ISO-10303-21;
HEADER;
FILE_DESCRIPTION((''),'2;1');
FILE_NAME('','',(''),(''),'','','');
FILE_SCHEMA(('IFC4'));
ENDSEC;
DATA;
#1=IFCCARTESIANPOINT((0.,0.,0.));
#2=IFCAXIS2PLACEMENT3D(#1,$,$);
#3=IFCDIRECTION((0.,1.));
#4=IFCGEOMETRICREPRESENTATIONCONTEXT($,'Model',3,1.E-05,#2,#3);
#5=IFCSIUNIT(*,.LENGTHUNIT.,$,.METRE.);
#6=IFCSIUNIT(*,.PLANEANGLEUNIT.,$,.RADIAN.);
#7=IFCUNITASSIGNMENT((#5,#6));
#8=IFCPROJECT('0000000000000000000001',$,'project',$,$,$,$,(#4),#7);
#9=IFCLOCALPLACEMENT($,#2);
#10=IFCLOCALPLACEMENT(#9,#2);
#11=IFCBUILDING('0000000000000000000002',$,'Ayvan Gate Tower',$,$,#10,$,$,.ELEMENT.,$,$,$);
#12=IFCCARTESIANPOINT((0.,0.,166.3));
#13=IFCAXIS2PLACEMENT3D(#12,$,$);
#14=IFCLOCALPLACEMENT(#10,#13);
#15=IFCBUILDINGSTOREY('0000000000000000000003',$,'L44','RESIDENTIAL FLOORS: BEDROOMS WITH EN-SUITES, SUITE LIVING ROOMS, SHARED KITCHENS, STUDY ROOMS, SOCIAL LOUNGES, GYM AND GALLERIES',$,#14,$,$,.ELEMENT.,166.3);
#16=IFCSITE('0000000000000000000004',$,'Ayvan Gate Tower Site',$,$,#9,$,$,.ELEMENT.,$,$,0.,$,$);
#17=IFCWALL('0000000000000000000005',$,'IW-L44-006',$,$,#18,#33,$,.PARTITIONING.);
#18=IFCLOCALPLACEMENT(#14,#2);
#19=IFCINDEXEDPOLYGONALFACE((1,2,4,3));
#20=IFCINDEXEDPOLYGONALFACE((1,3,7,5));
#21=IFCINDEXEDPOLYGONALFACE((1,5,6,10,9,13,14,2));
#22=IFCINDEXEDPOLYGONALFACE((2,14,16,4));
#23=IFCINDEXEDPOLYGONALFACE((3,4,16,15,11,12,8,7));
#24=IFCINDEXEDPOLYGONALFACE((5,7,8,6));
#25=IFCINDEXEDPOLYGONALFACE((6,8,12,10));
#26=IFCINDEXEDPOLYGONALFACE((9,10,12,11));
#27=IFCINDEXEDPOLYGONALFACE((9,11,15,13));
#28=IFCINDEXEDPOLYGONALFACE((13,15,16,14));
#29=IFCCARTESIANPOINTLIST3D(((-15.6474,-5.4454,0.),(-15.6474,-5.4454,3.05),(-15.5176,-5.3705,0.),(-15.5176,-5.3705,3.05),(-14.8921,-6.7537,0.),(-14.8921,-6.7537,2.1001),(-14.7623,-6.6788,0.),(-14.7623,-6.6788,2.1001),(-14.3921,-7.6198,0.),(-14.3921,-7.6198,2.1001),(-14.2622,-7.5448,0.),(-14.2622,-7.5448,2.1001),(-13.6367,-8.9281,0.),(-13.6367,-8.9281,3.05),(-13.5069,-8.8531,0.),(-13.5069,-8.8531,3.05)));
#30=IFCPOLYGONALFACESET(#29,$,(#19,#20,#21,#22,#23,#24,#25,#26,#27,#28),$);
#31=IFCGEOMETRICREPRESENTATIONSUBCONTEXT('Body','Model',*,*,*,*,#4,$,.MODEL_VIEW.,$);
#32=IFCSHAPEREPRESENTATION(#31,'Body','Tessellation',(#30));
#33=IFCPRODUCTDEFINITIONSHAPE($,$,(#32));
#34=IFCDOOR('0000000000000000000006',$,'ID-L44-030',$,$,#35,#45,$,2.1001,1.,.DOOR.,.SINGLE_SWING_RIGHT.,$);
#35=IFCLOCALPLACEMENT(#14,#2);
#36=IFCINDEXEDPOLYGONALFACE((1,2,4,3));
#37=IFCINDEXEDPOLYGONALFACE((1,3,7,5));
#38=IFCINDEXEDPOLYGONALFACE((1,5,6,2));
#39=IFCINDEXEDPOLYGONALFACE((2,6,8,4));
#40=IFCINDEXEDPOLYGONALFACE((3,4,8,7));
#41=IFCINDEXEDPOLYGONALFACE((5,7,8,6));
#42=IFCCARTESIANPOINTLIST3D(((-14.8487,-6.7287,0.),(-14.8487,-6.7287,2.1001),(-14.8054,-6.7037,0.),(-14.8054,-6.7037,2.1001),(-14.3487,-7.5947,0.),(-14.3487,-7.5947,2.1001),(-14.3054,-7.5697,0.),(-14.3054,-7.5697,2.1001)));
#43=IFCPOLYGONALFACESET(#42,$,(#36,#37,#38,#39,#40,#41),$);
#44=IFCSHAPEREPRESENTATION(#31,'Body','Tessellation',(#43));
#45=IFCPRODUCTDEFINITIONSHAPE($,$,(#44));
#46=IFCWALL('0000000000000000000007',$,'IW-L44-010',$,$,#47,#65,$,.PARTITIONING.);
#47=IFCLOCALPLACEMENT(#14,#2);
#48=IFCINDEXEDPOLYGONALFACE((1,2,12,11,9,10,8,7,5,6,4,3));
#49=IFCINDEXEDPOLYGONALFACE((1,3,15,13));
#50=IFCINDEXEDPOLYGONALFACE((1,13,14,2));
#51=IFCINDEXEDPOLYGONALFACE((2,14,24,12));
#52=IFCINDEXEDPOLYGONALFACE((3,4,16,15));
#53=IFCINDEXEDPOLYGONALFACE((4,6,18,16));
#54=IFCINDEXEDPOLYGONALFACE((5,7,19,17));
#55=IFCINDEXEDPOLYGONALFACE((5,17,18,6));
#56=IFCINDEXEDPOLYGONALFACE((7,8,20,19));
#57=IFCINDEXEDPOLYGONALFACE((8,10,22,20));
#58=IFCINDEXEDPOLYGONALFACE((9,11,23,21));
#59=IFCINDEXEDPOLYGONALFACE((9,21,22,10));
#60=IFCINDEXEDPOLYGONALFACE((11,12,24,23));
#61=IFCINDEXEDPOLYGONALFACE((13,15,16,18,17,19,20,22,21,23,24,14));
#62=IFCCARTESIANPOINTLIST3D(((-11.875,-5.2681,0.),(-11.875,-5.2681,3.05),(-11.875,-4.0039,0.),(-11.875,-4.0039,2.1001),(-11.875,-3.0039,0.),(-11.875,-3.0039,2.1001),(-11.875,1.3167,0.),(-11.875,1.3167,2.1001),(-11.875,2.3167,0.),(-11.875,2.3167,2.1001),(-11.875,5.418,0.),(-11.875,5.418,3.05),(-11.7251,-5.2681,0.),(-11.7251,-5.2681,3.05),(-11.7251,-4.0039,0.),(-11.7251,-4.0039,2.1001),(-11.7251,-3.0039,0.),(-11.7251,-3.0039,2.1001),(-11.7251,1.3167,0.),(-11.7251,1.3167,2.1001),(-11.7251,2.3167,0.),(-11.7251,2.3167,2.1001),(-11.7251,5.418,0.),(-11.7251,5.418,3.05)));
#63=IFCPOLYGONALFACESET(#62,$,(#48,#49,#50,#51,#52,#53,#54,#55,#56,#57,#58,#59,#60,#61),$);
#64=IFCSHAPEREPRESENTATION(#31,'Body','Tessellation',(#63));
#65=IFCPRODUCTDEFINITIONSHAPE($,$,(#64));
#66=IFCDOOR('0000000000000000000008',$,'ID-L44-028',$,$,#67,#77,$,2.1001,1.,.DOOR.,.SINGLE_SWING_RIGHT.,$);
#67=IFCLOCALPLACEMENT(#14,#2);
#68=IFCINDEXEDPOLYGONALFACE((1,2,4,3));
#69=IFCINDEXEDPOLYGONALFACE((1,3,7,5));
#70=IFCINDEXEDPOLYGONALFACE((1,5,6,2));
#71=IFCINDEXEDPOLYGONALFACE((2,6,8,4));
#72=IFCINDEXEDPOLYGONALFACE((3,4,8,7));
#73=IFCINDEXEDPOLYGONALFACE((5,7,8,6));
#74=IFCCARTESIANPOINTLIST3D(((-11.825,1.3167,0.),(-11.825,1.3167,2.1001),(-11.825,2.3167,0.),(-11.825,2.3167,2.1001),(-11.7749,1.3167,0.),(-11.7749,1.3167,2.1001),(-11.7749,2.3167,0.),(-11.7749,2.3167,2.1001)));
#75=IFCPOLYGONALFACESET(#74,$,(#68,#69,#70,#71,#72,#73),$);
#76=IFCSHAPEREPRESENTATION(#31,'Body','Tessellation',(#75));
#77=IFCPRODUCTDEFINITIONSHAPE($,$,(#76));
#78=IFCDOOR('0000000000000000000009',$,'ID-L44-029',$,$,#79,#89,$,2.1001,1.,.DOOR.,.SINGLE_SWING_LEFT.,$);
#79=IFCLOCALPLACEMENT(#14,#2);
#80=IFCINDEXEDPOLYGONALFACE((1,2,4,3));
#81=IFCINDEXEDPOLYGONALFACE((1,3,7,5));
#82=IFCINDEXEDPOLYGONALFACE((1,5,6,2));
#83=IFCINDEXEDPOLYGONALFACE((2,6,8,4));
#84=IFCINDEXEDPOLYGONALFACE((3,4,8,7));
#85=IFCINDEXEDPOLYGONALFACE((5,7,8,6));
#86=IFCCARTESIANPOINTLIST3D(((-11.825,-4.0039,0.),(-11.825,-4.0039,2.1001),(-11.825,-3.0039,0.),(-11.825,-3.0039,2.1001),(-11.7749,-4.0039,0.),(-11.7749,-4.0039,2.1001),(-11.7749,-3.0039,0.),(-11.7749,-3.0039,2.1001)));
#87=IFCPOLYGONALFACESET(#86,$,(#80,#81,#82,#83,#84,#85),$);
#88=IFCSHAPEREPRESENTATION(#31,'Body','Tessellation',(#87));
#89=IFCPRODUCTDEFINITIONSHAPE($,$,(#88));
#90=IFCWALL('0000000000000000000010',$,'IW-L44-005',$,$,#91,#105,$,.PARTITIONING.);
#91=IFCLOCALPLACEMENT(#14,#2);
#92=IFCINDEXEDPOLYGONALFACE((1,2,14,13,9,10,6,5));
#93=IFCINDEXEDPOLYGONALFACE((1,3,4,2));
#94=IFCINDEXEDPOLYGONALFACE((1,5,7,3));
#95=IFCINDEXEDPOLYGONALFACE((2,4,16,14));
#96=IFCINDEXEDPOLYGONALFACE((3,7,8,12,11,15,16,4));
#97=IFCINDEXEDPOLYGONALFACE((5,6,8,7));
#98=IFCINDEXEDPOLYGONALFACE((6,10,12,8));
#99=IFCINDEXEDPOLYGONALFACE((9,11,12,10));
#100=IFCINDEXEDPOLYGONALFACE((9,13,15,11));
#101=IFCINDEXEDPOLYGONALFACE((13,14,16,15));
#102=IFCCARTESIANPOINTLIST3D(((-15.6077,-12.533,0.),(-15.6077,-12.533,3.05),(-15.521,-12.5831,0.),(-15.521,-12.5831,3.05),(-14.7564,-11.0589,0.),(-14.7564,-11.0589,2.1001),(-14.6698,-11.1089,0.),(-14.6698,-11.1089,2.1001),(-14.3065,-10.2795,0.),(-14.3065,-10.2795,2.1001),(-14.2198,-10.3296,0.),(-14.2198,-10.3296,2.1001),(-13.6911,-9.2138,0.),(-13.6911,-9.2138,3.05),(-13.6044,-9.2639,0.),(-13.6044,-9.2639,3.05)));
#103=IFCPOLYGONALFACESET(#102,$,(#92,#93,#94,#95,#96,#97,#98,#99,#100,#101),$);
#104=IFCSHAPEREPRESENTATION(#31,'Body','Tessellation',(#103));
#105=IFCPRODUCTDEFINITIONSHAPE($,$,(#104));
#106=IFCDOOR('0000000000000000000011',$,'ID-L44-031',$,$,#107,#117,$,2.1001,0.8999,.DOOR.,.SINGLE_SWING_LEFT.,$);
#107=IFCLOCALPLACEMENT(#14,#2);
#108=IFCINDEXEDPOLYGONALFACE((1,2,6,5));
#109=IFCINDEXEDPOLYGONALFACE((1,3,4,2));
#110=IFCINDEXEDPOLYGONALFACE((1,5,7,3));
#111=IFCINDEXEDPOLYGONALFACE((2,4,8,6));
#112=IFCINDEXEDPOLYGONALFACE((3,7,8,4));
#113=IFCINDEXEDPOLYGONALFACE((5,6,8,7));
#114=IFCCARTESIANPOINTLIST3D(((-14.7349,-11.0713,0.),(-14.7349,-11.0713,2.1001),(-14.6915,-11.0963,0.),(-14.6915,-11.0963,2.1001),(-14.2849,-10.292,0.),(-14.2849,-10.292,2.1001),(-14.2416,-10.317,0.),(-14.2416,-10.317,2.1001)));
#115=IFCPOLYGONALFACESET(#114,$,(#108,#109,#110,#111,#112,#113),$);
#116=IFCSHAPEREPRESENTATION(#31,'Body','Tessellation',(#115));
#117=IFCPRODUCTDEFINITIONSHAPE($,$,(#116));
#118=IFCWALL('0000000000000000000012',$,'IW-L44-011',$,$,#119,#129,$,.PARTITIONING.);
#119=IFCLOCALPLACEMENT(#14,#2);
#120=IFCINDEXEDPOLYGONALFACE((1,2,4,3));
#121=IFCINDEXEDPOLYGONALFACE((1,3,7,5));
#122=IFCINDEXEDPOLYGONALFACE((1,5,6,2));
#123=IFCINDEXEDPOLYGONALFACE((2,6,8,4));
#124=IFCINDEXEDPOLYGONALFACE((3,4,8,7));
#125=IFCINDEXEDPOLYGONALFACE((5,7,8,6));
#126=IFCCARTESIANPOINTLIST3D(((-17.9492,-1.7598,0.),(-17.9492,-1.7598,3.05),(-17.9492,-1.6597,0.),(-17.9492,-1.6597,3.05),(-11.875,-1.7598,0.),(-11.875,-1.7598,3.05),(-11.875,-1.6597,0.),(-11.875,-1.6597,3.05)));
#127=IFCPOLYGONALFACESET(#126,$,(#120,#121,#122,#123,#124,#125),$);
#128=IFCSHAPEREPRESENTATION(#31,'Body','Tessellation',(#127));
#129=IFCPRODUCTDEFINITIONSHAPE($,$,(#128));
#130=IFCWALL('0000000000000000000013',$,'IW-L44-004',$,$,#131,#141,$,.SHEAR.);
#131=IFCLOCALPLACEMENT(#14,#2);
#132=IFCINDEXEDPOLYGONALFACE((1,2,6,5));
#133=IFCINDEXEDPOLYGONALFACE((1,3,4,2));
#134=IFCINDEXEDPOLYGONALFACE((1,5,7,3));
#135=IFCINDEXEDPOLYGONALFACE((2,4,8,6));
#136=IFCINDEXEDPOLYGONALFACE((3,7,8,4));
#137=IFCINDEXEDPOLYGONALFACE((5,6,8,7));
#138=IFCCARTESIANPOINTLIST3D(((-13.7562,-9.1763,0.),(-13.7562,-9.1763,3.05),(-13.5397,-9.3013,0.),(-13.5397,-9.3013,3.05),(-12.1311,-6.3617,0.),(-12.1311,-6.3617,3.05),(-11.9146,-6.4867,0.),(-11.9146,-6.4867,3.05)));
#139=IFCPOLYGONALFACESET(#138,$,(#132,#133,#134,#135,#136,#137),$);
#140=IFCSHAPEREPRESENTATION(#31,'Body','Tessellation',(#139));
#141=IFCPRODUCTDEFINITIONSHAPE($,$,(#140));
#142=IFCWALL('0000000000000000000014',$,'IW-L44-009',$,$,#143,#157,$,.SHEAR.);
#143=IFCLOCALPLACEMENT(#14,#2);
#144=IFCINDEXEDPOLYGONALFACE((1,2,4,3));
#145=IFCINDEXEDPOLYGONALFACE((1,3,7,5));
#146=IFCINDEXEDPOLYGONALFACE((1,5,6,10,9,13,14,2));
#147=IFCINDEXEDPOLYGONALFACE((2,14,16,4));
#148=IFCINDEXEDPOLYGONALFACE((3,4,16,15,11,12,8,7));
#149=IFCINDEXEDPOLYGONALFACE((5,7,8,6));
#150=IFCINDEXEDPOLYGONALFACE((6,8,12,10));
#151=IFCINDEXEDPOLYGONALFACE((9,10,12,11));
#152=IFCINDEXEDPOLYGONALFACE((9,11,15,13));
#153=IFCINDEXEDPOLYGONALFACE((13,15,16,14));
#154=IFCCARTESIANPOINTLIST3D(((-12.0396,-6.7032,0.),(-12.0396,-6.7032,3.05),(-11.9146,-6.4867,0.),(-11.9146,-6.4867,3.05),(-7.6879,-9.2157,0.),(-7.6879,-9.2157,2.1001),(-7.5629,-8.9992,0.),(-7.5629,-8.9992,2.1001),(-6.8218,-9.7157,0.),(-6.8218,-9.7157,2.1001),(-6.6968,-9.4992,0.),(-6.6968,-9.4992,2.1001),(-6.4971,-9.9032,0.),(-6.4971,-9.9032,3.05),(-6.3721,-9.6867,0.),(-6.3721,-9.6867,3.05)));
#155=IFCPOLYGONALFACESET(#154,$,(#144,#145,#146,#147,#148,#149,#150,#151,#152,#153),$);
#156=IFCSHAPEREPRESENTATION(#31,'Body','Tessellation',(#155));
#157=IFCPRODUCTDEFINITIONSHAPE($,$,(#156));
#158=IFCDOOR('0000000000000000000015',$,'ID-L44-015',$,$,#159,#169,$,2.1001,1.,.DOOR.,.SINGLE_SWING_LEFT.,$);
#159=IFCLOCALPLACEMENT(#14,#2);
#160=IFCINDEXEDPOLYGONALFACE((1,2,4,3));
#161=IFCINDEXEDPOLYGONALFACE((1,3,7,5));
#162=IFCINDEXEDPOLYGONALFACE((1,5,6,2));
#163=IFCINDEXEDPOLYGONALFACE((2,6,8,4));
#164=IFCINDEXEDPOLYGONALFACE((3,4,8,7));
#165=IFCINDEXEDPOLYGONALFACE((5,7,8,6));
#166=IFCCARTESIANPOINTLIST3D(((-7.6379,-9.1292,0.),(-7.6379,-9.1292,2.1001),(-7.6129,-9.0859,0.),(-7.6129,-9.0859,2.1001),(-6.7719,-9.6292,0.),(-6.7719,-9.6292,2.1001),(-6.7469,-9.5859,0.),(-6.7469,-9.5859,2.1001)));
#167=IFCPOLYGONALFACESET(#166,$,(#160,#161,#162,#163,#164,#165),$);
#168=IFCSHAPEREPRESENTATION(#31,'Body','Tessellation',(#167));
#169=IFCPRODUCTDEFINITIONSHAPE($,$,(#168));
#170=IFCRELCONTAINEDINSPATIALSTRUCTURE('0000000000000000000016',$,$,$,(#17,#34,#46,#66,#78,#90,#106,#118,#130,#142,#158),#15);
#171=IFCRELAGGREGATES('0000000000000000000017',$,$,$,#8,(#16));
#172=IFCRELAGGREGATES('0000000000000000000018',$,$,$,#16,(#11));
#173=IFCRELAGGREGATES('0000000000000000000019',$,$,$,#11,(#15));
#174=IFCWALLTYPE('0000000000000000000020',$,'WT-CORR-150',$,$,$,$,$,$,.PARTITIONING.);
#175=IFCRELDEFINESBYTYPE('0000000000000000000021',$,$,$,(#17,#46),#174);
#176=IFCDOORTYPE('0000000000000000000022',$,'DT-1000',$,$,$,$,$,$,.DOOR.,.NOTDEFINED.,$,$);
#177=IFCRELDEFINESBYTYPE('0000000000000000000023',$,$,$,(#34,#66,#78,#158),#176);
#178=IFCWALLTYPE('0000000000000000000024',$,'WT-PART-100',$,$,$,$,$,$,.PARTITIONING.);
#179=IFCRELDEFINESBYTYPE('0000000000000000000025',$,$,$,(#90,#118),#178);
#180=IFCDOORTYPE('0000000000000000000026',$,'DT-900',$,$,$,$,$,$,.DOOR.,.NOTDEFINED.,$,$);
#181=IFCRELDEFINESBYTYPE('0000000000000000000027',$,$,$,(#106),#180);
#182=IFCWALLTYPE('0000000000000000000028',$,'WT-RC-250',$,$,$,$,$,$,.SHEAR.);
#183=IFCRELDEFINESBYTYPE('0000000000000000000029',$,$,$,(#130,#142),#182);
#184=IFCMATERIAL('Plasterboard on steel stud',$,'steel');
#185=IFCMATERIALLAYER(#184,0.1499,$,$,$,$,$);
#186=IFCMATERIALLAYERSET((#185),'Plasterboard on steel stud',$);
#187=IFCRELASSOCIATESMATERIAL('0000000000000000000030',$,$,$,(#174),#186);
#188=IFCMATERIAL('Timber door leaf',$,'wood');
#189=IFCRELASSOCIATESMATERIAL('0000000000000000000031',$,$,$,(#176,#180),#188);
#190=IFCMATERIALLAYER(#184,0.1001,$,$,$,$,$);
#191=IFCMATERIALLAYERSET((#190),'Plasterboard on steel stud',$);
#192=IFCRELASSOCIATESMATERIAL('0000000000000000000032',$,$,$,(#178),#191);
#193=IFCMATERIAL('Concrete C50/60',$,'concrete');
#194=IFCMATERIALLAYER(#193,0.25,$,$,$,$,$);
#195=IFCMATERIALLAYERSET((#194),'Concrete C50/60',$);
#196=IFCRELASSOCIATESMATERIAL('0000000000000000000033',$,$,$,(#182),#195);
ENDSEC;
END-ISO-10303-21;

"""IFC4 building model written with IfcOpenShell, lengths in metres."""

from ifc_helpers import new_model, si_unit, direction, frame, frame_2d, origin, place, context, subcontext, project, spatial, rectangle, extrude, material, layer, layer_set, type_object, element, fill, save


model = new_model("IFC4")

# Units and contexts
model_context = context("Model", 3, precision=1e-05, world=origin(), true_north=direction((0.0, 1.0)))
body_context = subcontext(model_context, "Body", "Model", "MODEL_VIEW")
ifc_project = project(units=[si_unit("LENGTHUNIT", "METRE"), si_unit("PLANEANGLEUNIT", "RADIAN")], contexts=[model_context])

# Site, building, storey
site_placement = place(None, origin())
site = spatial("IfcSite", under=ifc_project, at=site_placement, Name="Ayvan Gate Tower Site", CompositionType="ELEMENT", RefElevation=0.0)
building_placement = place(site_placement, origin())
building = spatial("IfcBuilding", under=site, at=building_placement, Name="Ayvan Gate Tower", CompositionType="ELEMENT")
storey_placement = place(building_placement, frame((0.0, 0.0, 166.3)))
storey = spatial("IfcBuildingStorey", under=building, at=storey_placement, Name="L44", Description="RESIDENTIAL FLOORS: BEDROOMS WITH EN-SUITES, SUITE LIVING ROOMS, SHARED KITCHENS, STUDY ROOMS, SOCIAL LOUNGES, GYM AND GALLERIES", CompositionType="ELEMENT", Elevation=166.3)

# Wall, opening, door
ifc_material_1 = material(Name="Plasterboard on steel stud", Category="steel")
ifc_layer_1 = layer(ifc_material_1, 0.1499)
ifc_layer_set_1 = layer_set([ifc_layer_1], Name="Plasterboard on steel stud")
wall_type_1 = type_object("IfcWallType", Name="WT-CORR-150", PredefinedType="PARTITIONING", material=ifc_layer_set_1)
wall_1_placement = place(storey_placement, frame((-13.5718, -8.8906, 0.0), z_axis=(0.0, 0.0, 1.0), x_axis=(-0.500004, 0.866023, 0.0)))
wall_1 = element("IfcWall", 1, at=wall_1_placement, inside=storey, type_object=wall_type_1, Name="IW-L44-006", PredefinedType="PARTITIONING", context=body_context, shape_type="SweptSolid", body=[
    extrude(rectangle(XDim=4.0215, YDim=0.1499, at=frame_2d((2.0107, 0.0))), origin(), (0.0, 0.0, 1.0), 3.05),
])
opening_1_placement = place(wall_1_placement, frame((1.5107, 0.0, 0.0)))
opening_1 = element("IfcOpeningElement", 2, at=opening_1_placement, cuts=wall_1, PredefinedType="OPENING", context=body_context, shape_type="SweptSolid", body=[
    extrude(rectangle(XDim=1.0, YDim=2.1001, at=frame_2d((0.5, 1.05))), frame((0.0, 0.085, 0.0), z_axis=(0.0, -1.0, 0.0), x_axis=(1.0, 0.0, 0.0)), (0.0, 0.0, 1.0), 0.1699),
])
ifc_material_2 = material(Name="Timber door leaf", Category="wood")
door_type_1 = type_object("IfcDoorType", Name="DT-1000", OperationType="NOTDEFINED", PredefinedType="DOOR", material=ifc_material_2)
door_1_placement = place(opening_1_placement, origin())
door_1 = element("IfcDoor", 3, at=door_1_placement, inside=storey, type_object=door_type_1, Name="ID-L44-030", OperationType="SINGLE_SWING_RIGHT", OverallHeight=2.1001, OverallWidth=1.0, PredefinedType="DOOR", context=body_context, shape_type="SweptSolid", body=[
    extrude(rectangle(XDim=1.0, YDim=2.1001, at=frame_2d((0.5, 1.05))), frame((0.0, 0.0249, 0.0), z_axis=(0.0, -1.0, 0.0), x_axis=(1.0, 0.0, 0.0)), (0.0, 0.0, 1.0), 0.05),
])
fill(opening_1, door_1)

# Wall, openings, doors
wall_2_placement = place(storey_placement, frame((-11.8, -5.2681, 0.0), z_axis=(0.0, 0.0, 1.0), x_axis=(0.0, 1.0, 0.0)))
wall_2 = element("IfcWall", 4, at=wall_2_placement, inside=storey, type_object=wall_type_1, Name="IW-L44-010", PredefinedType="PARTITIONING", context=body_context, shape_type="SweptSolid", body=[
    extrude(rectangle(XDim=10.686, YDim=0.1499, at=frame_2d((5.343, 0.0))), origin(), (0.0, 0.0, 1.0), 3.05),
])
opening_2_placement = place(wall_2_placement, frame((6.5847, 0.0, 0.0)))
opening_2 = element("IfcOpeningElement", 5, at=opening_2_placement, cuts=wall_2, PredefinedType="OPENING", context=body_context, shape_type="SweptSolid", body=[
    extrude(rectangle(XDim=1.0, YDim=2.1001, at=frame_2d((0.5, 1.05))), frame((0.0, 0.085, 0.0), z_axis=(0.0, -1.0, 0.0), x_axis=(1.0, 0.0, 0.0)), (0.0, 0.0, 1.0), 0.1699),
])
opening_3_placement = place(wall_2_placement, frame((1.2642, 0.0, 0.0)))
opening_3 = element("IfcOpeningElement", 6, at=opening_3_placement, cuts=wall_2, PredefinedType="OPENING", context=body_context, shape_type="SweptSolid", body=[
    extrude(rectangle(XDim=1.0, YDim=2.1001, at=frame_2d((0.5, 1.05))), frame((0.0, 0.085, 0.0), z_axis=(0.0, -1.0, 0.0), x_axis=(1.0, 0.0, 0.0)), (0.0, 0.0, 1.0), 0.1699),
])
door_2_placement = place(opening_2_placement, origin())
door_2 = element("IfcDoor", 7, at=door_2_placement, inside=storey, type_object=door_type_1, Name="ID-L44-028", OperationType="SINGLE_SWING_RIGHT", OverallHeight=2.1001, OverallWidth=1.0, PredefinedType="DOOR", context=body_context, shape_type="SweptSolid", body=[
    extrude(rectangle(XDim=1.0, YDim=2.1001, at=frame_2d((0.5, 1.05))), frame((0.0, 0.0249, 0.0), z_axis=(0.0, -1.0, 0.0), x_axis=(1.0, 0.0, 0.0)), (0.0, 0.0, 1.0), 0.05),
])
fill(opening_2, door_2)
door_3_placement = place(opening_3_placement, origin())
door_3 = element("IfcDoor", 8, at=door_3_placement, inside=storey, type_object=door_type_1, Name="ID-L44-029", OperationType="SINGLE_SWING_LEFT", OverallHeight=2.1001, OverallWidth=1.0, PredefinedType="DOOR", context=body_context, shape_type="SweptSolid", body=[
    extrude(rectangle(XDim=1.0, YDim=2.1001, at=frame_2d((0.5, 1.05))), frame((0.0, 0.0249, 0.0), z_axis=(0.0, -1.0, 0.0), x_axis=(1.0, 0.0, 0.0)), (0.0, 0.0, 1.0), 0.05),
])
fill(opening_3, door_3)

# Wall, opening, door
ifc_layer_2 = layer(ifc_material_1, 0.1001)
ifc_layer_set_2 = layer_set([ifc_layer_2], Name="Plasterboard on steel stud")
wall_type_2 = type_object("IfcWallType", Name="WT-PART-100", PredefinedType="PARTITIONING", material=ifc_layer_set_2)
wall_3_placement = place(storey_placement, frame((-13.6477, -9.2388, 0.0), z_axis=(0.0, 0.0, 1.0), x_axis=(-0.500044, -0.866, 0.0)))
wall_3 = element("IfcWall", 9, at=wall_3_placement, inside=storey, type_object=wall_type_2, Name="IW-L44-005", PredefinedType="PARTITIONING", context=body_context, shape_type="SweptSolid", body=[
    extrude(rectangle(XDim=3.8328, YDim=0.1001, at=frame_2d((1.9165, 0.0))), origin(), (0.0, 0.0, 1.0), 3.05),
])
opening_4_placement = place(wall_3_placement, frame((1.2307, 0.0, 0.0)))
opening_4 = element("IfcOpeningElement", 10, at=opening_4_placement, cuts=wall_3, PredefinedType="OPENING", context=body_context, shape_type="SweptSolid", body=[
    extrude(rectangle(XDim=0.8999, YDim=2.1001, at=frame_2d((0.45, 1.05))), frame((0.0, 0.0601, 0.0), z_axis=(0.0, -1.0, 0.0), x_axis=(1.0, 0.0, 0.0)), (0.0, 0.0, 1.0), 0.1201),
])
door_type_2 = type_object("IfcDoorType", Name="DT-900", OperationType="NOTDEFINED", PredefinedType="DOOR", material=ifc_material_2)
door_4_placement = place(opening_4_placement, origin())
door_4 = element("IfcDoor", 11, at=door_4_placement, inside=storey, type_object=door_type_2, Name="ID-L44-031", OperationType="SINGLE_SWING_LEFT", OverallHeight=2.1001, OverallWidth=0.8999, PredefinedType="DOOR", context=body_context, shape_type="SweptSolid", body=[
    extrude(rectangle(XDim=0.8999, YDim=2.1001, at=frame_2d((0.45, 1.05))), frame((0.0, 0.0249, 0.0), z_axis=(0.0, -1.0, 0.0), x_axis=(1.0, 0.0, 0.0)), (0.0, 0.0, 1.0), 0.05),
])
fill(opening_4, door_4)

# Walls
wall_4_placement = place(storey_placement, frame((-11.875, -1.7097, 0.0), z_axis=(0.0, 0.0, 1.0), x_axis=(-1.0, 0.0, 0.0)))
element("IfcWall", 12, at=wall_4_placement, inside=storey, type_object=wall_type_2, Name="IW-L44-011", PredefinedType="PARTITIONING", context=body_context, shape_type="SweptSolid", body=[
    extrude(rectangle(XDim=6.0742, YDim=0.1001, at=frame_2d((3.0371, 0.0))), origin(), (0.0, 0.0, 1.0), 3.05),
])
ifc_material_3 = material(Name="Concrete C50/60", Category="concrete")
ifc_layer_3 = layer(ifc_material_3, 0.25)
ifc_layer_set_3 = layer_set([ifc_layer_3], Name="Concrete C50/60")
wall_type_3 = type_object("IfcWallType", Name="WT-RC-250", PredefinedType="SHEAR", material=ifc_layer_set_3)
wall_5_placement = place(storey_placement, frame((-13.6479, -9.2388, 0.0), z_axis=(0.0, 0.0, 1.0), x_axis=(0.500017, 0.866015, 0.0)))
element("IfcWall", 13, at=wall_5_placement, inside=storey, type_object=wall_type_3, Name="IW-L44-004", PredefinedType="SHEAR", context=body_context, shape_type="SweptSolid", body=[
    extrude(rectangle(XDim=3.25, YDim=0.25, at=frame_2d((1.625, 0.0))), origin(), (0.0, 0.0, 1.0), 3.05),
])

# Wall, opening, door
wall_6_placement = place(storey_placement, frame((-11.9771, -6.595, 0.0), z_axis=(0.0, 0.0, 1.0), x_axis=(0.866025, -0.5, 0.0)))
wall_6 = element("IfcWall", 14, at=wall_6_placement, inside=storey, type_object=wall_type_3, Name="IW-L44-009", PredefinedType="SHEAR", context=body_context, shape_type="SweptSolid", body=[
    extrude(rectangle(XDim=6.3999, YDim=0.25, at=frame_2d((3.2, 0.0))), origin(), (0.0, 0.0, 1.0), 3.05),
])
opening_5_placement = place(wall_6_placement, frame((5.0249, 0.0, 0.0)))
opening_5 = element("IfcOpeningElement", 15, at=opening_5_placement, cuts=wall_6, PredefinedType="OPENING", context=body_context, shape_type="SweptSolid", body=[
    extrude(rectangle(XDim=1.0, YDim=2.1001, at=frame_2d((0.5, 1.05))), frame((0.0, 0.135, 0.0), z_axis=(0.0, -1.0, 0.0), x_axis=(1.0, 0.0, 0.0)), (0.0, 0.0, 1.0), 0.27),
])
door_5_placement = place(opening_5_placement, origin())
door_5 = element("IfcDoor", 16, at=door_5_placement, inside=storey, type_object=door_type_1, Name="ID-L44-015", OperationType="SINGLE_SWING_LEFT", OverallHeight=2.1001, OverallWidth=1.0, PredefinedType="DOOR", context=body_context, shape_type="SweptSolid", body=[
    extrude(rectangle(XDim=1.0, YDim=2.1001, at=frame_2d((0.5, 1.05))), frame((0.0, 0.0249, 0.0), z_axis=(0.0, -1.0, 0.0), x_axis=(1.0, 0.0, 0.0)), (0.0, 0.0, 1.0), 0.05),
])
fill(opening_5, door_5)

save(model, "model.ifc")
